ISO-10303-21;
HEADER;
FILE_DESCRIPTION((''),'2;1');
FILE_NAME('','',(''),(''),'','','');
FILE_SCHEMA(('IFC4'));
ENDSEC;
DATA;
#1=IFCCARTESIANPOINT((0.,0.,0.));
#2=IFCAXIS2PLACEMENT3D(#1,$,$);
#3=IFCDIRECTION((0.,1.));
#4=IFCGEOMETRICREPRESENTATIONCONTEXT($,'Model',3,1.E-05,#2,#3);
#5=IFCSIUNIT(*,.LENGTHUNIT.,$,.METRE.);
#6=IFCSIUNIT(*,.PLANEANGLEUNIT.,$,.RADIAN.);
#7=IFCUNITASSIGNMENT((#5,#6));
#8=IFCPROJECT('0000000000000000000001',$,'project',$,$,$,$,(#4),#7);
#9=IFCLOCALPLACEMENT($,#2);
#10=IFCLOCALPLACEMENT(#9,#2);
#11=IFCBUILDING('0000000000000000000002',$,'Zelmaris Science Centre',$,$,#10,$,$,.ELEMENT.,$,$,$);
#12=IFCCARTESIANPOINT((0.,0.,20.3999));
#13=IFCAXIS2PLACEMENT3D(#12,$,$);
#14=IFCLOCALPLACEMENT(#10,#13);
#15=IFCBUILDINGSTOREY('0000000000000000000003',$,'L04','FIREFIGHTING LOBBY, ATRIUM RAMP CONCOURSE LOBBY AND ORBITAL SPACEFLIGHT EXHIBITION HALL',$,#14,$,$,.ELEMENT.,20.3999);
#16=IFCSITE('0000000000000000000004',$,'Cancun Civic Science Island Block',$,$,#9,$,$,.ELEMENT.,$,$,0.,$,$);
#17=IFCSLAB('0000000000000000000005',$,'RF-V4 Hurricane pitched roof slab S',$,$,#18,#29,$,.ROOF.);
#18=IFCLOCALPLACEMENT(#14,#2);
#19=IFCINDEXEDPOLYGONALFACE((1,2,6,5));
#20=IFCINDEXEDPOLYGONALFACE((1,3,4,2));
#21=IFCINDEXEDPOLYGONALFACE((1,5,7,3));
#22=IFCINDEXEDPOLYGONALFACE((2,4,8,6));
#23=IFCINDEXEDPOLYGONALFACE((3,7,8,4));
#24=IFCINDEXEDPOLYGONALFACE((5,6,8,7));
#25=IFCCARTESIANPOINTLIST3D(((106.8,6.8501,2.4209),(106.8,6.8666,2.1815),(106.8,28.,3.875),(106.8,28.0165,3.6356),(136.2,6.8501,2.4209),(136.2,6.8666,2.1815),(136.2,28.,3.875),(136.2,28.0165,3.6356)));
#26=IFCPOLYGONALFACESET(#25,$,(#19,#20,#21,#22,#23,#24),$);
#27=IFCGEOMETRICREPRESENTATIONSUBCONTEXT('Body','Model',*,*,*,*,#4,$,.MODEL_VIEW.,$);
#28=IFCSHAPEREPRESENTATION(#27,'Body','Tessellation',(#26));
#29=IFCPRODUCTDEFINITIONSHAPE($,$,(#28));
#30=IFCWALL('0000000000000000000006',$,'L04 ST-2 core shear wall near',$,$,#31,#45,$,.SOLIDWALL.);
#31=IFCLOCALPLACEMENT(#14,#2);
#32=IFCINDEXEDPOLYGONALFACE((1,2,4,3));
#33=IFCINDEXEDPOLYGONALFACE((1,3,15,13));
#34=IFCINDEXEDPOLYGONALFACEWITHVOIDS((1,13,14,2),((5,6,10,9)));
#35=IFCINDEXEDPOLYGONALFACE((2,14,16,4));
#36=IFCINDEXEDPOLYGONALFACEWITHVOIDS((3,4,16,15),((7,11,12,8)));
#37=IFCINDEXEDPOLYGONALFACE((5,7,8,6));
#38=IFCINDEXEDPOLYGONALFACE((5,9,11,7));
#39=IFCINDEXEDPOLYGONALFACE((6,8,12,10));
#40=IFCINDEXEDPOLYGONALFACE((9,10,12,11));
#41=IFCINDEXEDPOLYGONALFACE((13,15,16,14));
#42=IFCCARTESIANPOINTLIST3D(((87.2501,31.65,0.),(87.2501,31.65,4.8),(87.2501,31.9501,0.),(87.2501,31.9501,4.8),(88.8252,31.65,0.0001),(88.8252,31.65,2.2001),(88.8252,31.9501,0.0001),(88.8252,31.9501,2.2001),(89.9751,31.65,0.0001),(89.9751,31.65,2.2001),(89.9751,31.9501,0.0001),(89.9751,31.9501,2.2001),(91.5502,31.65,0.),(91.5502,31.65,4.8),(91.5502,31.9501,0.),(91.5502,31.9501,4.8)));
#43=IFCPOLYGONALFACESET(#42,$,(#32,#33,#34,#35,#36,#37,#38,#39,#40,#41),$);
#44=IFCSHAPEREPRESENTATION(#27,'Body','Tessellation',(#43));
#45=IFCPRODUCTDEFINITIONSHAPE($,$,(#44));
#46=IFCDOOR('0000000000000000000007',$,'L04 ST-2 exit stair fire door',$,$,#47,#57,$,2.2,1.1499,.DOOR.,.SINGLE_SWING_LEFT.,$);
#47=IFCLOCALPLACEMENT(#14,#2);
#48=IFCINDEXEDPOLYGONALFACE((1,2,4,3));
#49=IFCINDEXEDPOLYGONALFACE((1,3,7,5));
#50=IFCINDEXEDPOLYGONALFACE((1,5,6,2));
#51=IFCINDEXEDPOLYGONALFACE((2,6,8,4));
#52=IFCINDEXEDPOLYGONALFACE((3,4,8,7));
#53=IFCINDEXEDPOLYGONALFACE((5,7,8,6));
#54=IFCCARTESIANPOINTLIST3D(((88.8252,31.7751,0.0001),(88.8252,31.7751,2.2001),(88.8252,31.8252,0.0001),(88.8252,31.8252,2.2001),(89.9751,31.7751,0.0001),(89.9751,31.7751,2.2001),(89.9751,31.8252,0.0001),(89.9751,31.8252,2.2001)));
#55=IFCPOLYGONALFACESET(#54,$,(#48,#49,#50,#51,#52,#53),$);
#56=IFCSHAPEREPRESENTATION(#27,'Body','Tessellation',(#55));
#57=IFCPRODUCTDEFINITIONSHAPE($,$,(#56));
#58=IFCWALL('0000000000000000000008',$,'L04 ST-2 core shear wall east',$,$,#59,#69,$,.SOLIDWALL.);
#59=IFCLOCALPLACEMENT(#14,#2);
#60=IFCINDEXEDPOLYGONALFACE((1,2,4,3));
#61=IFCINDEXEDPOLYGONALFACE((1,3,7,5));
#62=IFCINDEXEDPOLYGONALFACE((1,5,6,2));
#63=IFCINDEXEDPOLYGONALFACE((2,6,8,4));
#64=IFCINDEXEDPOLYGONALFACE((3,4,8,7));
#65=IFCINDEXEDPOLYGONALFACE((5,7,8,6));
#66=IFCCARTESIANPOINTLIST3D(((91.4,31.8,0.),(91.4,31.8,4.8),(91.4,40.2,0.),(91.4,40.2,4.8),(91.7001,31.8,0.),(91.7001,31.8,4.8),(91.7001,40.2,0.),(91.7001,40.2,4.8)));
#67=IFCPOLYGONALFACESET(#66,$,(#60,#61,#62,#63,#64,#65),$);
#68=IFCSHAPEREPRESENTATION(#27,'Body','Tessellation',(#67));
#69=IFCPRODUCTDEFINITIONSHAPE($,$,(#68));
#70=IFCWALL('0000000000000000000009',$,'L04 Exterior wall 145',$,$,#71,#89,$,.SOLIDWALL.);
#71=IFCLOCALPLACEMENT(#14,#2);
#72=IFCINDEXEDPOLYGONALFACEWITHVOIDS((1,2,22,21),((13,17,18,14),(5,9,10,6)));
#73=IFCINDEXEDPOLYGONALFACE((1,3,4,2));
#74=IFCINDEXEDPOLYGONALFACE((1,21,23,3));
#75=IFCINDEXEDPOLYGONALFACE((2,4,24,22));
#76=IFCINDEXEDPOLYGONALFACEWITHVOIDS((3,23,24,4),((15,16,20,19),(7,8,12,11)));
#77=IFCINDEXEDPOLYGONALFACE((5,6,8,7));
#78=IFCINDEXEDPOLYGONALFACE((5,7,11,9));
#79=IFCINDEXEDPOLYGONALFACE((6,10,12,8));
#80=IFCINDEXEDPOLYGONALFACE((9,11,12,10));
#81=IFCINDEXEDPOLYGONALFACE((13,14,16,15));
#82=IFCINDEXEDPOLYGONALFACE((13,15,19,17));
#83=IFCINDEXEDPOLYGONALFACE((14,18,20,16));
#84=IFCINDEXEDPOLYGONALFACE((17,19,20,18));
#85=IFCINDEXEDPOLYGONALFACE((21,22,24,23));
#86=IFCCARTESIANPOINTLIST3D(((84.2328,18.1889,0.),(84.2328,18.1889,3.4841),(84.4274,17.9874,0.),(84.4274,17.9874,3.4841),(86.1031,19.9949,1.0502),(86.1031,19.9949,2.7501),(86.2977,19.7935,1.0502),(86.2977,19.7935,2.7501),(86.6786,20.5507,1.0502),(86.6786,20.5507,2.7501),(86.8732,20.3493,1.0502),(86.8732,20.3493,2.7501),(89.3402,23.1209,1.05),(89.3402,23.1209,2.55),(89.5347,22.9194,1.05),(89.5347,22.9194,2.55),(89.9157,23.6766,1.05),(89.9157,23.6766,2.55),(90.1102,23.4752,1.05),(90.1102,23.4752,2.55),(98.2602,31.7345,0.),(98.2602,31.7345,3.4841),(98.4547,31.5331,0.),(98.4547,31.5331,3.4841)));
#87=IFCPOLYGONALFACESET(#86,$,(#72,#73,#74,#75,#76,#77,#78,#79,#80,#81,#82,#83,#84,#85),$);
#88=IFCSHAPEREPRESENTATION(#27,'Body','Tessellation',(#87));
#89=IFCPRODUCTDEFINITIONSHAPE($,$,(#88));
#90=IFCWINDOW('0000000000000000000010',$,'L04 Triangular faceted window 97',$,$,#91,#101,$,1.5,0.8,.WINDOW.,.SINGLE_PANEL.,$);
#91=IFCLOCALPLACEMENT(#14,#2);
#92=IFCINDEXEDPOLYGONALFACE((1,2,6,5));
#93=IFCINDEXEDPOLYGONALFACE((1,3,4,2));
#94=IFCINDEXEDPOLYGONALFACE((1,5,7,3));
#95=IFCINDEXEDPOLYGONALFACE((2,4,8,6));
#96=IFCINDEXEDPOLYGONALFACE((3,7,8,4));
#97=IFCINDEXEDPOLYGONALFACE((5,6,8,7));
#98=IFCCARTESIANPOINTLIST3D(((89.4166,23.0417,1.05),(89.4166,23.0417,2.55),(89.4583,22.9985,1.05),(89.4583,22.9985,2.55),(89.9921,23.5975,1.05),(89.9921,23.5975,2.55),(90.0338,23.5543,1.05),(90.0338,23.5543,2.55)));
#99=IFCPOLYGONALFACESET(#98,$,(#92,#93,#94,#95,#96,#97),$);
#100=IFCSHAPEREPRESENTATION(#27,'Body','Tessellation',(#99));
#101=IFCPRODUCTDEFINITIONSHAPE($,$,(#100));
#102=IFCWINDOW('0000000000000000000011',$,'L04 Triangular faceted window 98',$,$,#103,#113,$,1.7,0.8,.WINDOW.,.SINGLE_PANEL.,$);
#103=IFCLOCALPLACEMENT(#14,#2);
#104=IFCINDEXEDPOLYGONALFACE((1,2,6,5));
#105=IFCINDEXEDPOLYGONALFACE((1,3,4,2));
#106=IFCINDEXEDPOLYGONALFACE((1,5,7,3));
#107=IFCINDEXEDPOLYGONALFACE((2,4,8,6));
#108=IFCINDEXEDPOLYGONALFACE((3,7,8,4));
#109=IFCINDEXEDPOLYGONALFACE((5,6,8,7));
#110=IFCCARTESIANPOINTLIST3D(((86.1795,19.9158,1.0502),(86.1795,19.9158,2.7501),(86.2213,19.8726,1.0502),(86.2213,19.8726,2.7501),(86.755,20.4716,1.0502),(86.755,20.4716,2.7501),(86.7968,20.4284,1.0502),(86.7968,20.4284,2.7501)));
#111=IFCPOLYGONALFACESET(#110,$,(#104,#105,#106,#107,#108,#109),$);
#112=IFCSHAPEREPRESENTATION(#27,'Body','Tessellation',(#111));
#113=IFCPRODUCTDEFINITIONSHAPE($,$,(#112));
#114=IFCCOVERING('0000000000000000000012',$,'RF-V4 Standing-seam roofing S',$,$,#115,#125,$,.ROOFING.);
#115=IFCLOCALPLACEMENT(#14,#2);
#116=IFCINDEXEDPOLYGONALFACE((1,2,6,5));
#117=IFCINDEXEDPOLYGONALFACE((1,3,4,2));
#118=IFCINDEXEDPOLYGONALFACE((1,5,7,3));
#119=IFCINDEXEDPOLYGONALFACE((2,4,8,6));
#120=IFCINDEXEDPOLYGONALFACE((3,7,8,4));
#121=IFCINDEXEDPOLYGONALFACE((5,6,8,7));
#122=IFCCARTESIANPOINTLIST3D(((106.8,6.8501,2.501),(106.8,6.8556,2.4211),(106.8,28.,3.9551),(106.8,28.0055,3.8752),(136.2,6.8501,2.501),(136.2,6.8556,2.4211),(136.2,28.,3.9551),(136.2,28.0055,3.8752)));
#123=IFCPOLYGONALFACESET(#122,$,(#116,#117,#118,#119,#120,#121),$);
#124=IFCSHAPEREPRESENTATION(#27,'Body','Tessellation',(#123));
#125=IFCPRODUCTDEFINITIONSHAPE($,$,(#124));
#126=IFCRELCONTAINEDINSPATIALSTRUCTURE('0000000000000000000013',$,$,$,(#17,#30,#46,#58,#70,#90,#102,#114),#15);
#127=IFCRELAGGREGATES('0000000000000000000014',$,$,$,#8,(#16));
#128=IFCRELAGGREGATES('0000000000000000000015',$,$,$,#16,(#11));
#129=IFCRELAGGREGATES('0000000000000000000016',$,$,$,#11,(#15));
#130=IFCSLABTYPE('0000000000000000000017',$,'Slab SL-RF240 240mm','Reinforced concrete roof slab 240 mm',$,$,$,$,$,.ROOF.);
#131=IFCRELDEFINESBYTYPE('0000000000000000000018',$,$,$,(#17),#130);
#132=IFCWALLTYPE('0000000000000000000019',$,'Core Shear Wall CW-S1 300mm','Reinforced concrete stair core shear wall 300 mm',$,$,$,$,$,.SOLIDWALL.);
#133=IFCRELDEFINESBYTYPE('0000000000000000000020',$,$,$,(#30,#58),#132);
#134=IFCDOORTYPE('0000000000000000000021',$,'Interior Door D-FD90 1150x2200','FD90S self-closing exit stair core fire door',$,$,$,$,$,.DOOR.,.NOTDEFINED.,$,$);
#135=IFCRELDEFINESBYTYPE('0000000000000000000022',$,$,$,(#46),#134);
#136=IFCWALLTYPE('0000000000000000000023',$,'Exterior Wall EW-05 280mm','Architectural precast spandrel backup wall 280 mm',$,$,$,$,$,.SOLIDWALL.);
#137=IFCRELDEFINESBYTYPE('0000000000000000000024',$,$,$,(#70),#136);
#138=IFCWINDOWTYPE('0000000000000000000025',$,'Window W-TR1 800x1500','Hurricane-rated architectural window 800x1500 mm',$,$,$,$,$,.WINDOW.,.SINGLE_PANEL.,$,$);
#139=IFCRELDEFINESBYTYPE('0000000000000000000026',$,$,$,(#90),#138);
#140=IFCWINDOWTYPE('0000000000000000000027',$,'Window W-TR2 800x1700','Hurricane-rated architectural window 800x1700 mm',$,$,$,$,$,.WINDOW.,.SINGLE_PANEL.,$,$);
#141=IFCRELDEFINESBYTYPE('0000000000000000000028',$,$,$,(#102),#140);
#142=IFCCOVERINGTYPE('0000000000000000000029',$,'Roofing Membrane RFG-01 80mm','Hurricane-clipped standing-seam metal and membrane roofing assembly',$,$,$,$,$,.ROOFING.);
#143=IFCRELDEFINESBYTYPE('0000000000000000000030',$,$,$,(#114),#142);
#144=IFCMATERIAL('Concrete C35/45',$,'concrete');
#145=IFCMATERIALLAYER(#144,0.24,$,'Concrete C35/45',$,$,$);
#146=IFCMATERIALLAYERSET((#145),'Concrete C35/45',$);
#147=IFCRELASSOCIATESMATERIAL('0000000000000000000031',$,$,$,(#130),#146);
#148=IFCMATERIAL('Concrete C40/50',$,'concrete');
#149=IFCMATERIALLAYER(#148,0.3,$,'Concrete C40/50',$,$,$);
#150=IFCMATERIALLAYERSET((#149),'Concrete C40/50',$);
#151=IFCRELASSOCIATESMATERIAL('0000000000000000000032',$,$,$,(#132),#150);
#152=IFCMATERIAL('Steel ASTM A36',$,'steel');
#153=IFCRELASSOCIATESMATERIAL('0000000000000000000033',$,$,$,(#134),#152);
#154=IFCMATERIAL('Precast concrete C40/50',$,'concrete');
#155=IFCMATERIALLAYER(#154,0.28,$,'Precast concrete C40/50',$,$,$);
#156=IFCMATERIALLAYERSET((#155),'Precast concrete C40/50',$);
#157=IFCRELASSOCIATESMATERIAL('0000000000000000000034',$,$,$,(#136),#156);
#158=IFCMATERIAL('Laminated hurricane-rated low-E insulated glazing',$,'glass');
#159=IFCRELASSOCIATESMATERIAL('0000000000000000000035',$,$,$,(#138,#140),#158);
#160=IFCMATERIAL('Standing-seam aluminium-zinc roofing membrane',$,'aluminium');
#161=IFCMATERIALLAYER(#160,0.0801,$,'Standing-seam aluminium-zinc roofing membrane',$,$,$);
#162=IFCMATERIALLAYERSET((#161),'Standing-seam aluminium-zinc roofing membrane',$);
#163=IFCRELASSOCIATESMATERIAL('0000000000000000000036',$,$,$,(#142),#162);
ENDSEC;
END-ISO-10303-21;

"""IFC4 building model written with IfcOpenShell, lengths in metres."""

from ifc_helpers import new_model, si_unit, direction, frame, frame_2d, origin, place, context, subcontext, project, spatial, polyline, rectangle, outline, extrude, material, layer, layer_set, type_object, element, fill, save


model = new_model("IFC4")

# Units and contexts
model_context = context("Model", 3, precision=1e-05, world=origin(), true_north=direction((0.0, 1.0)))
body_context = subcontext(model_context, "Body", "Model", "MODEL_VIEW")
ifc_project = project(units=[si_unit("LENGTHUNIT", "METRE"), si_unit("PLANEANGLEUNIT", "RADIAN")], contexts=[model_context])

# Site, building, storey
site_placement = place(None, origin())
site = spatial("IfcSite", under=ifc_project, at=site_placement, Name="Cancun Civic Science Island Block", CompositionType="ELEMENT", RefElevation=0.0)
building_placement = place(site_placement, origin())
building = spatial("IfcBuilding", under=site, at=building_placement, Name="Zelmaris Science Centre", CompositionType="ELEMENT")
storey_placement = place(building_placement, frame((0.0, 0.0, 20.3999)))
storey = spatial("IfcBuildingStorey", under=building, at=storey_placement, Name="L04", Description="FIREFIGHTING LOBBY, ATRIUM RAMP CONCOURSE LOBBY AND ORBITAL SPACEFLIGHT EXHIBITION HALL", CompositionType="ELEMENT", Elevation=20.3999)

# Shared definitions
ifc_material_1 = material(Name="Precast concrete C40/50", Category="concrete")

# Slab
ifc_material_2 = material(Name="Concrete C35/45", Category="concrete")
ifc_layer_1 = layer(ifc_material_2, 0.24, Name="Concrete C35/45")
ifc_layer_set_1 = layer_set([ifc_layer_1], Name="Concrete C35/45")
slab_type = type_object("IfcSlabType", Name="Slab SL-RF240 240mm", Description="Reinforced concrete roof slab 240 mm", PredefinedType="ROOF", material=ifc_layer_set_1)
slab_placement = place(storey_placement, frame((106.8, 6.8501, 2.4209), z_axis=(0.0, -0.06859, 0.997645), x_axis=(1.0, 0.0, 0.0)))
element("IfcSlab", 1, at=slab_placement, inside=storey, type_object=slab_type, Name="RF-V4 Hurricane pitched roof slab S", PredefinedType="ROOF", context=body_context, shape_type="SweptSolid", body=[
    extrude(outline(polyline([(0.0, 0.0), (29.3999, 0.0), (29.3999, 21.1998), (0.0, 21.1998), (0.0, 0.0)])), origin(), (0.0, 0.0, -1.0), 0.24),
])

# Wall, opening, door
ifc_material_3 = material(Name="Concrete C40/50", Category="concrete")
ifc_layer_2 = layer(ifc_material_3, 0.3, Name="Concrete C40/50")
ifc_layer_set_2 = layer_set([ifc_layer_2], Name="Concrete C40/50")
wall_type_1 = type_object("IfcWallType", Name="Core Shear Wall CW-S1 300mm", Description="Reinforced concrete stair core shear wall 300 mm", PredefinedType="SOLIDWALL", material=ifc_layer_set_2)
wall_1_placement = place(storey_placement, frame((91.55, 31.8, 0.0), z_axis=(0.0, 0.0, 1.0), x_axis=(-1.0, 0.0, 0.0)))
wall_1 = element("IfcWall", 2, at=wall_1_placement, inside=storey, type_object=wall_type_1, Name="L04 ST-2 core shear wall near", PredefinedType="SOLIDWALL", context=body_context, shape_type="SweptSolid", body=[
    extrude(rectangle(XDim=4.3, YDim=0.3, at=frame_2d((2.1499, 0.0))), origin(), (0.0, 0.0, 1.0), 4.8),
])
opening_1_placement = place(wall_1_placement, frame((1.575, 0.0, 0.0)))
opening_1 = element("IfcOpeningElement", 3, at=opening_1_placement, cuts=wall_1, PredefinedType="OPENING", context=body_context, shape_type="SweptSolid", body=[
    extrude(rectangle(XDim=1.1499, YDim=2.2, at=frame_2d((0.575, 1.1001))), frame((0.0, 0.1599, 0.0), z_axis=(0.0, -1.0, 0.0), x_axis=(1.0, 0.0, 0.0)), (0.0, 0.0, 1.0), 0.3201),
])
ifc_material_4 = material(Name="Steel ASTM A36", Category="steel")
door_type = type_object("IfcDoorType", Name="Interior Door D-FD90 1150x2200", Description="FD90S self-closing exit stair core fire door", OperationType="NOTDEFINED", PredefinedType="DOOR", material=ifc_material_4)
door_placement = place(opening_1_placement, origin())
door = element("IfcDoor", 4, at=door_placement, inside=storey, type_object=door_type, Name="L04 ST-2 exit stair fire door", OperationType="SINGLE_SWING_LEFT", OverallHeight=2.2, OverallWidth=1.1499, PredefinedType="DOOR", context=body_context, shape_type="SweptSolid", body=[
    extrude(rectangle(XDim=1.1499, YDim=2.2, at=frame_2d((0.575, 1.1001))), frame((0.0, 0.0249, 0.0), z_axis=(0.0, -1.0, 0.0), x_axis=(1.0, 0.0, 0.0)), (0.0, 0.0, 1.0), 0.05),
])
fill(opening_1, door)

# Wall
wall_2_placement = place(storey_placement, frame((91.55, 31.8, 0.0), z_axis=(0.0, 0.0, 1.0), x_axis=(0.0, 1.0, 0.0)))
element("IfcWall", 5, at=wall_2_placement, inside=storey, type_object=wall_type_1, Name="L04 ST-2 core shear wall east", PredefinedType="SOLIDWALL", context=body_context, shape_type="SweptSolid", body=[
    extrude(rectangle(XDim=8.3999, YDim=0.3, at=frame_2d((4.2, 0.0))), origin(), (0.0, 0.0, 1.0), 4.8),
])

# Wall, openings, windows
ifc_layer_3 = layer(ifc_material_1, 0.28, Name="Precast concrete C40/50")
ifc_layer_set_3 = layer_set([ifc_layer_3], Name="Precast concrete C40/50")
wall_type_2 = type_object("IfcWallType", Name="Exterior Wall EW-05 280mm", Description="Architectural precast spandrel backup wall 280 mm", PredefinedType="SOLIDWALL", material=ifc_layer_set_3)
wall_3_placement = place(storey_placement, frame((98.3574, 31.6338, 0.0), z_axis=(0.0, 0.0, 1.0), x_axis=(-0.71935, -0.694648, 0.0)))
wall_3 = element("IfcWall", 6, at=wall_3_placement, inside=storey, type_object=wall_type_2, Name="L04 Exterior wall 145", PredefinedType="SOLIDWALL", context=body_context, shape_type="SweptSolid", body=[
    extrude(rectangle(XDim=19.5, YDim=0.28, at=frame_2d((9.75, 0.0))), origin(), (0.0, 0.0, 1.0), 3.4841),
])
opening_2_placement = place(wall_3_placement, frame((11.6001, 0.0, 1.05)))
opening_2 = element("IfcOpeningElement", 7, at=opening_2_placement, cuts=wall_3, PredefinedType="OPENING", context=body_context, shape_type="SweptSolid", body=[
    extrude(rectangle(XDim=0.8, YDim=1.5, at=frame_2d((0.3999, 0.75))), frame((0.0, 0.1499, 0.0), z_axis=(0.0, -1.0, 0.0), x_axis=(1.0, 0.0, 0.0)), (0.0, 0.0, 1.0), 0.3),
])
opening_3_placement = place(wall_3_placement, frame((16.1001, 0.0, 1.05)))
opening_3 = element("IfcOpeningElement", 8, at=opening_3_placement, cuts=wall_3, PredefinedType="OPENING", context=body_context, shape_type="SweptSolid", body=[
    extrude(rectangle(XDim=0.8, YDim=1.7, at=frame_2d((0.3999, 0.8501))), frame((0.0, 0.1499, 0.0), z_axis=(0.0, -1.0, 0.0), x_axis=(1.0, 0.0, 0.0)), (0.0, 0.0, 1.0), 0.3),
])
ifc_material_5 = material(Name="Laminated hurricane-rated low-E insulated glazing", Category="glass")
window_type_1 = type_object("IfcWindowType", Name="Window W-TR1 800x1500", Description="Hurricane-rated architectural window 800x1500 mm", PartitioningType="SINGLE_PANEL", PredefinedType="WINDOW", material=ifc_material_5)
window_1_placement = place(opening_2_placement, origin())
window_1 = element("IfcWindow", 9, at=window_1_placement, inside=storey, type_object=window_type_1, Name="L04 Triangular faceted window 97", OverallHeight=1.5, OverallWidth=0.8, PartitioningType="SINGLE_PANEL", PredefinedType="WINDOW", context=body_context, shape_type="SweptSolid", body=[
    extrude(rectangle(XDim=0.8, YDim=1.5, at=frame_2d((0.3999, 0.75))), frame((0.0, 0.03, 0.0), z_axis=(0.0, -1.0, 0.0), x_axis=(1.0, 0.0, 0.0)), (0.0, 0.0, 1.0), 0.0601),
])
fill(opening_2, window_1)
window_type_2 = type_object("IfcWindowType", Name="Window W-TR2 800x1700", Description="Hurricane-rated architectural window 800x1700 mm", PartitioningType="SINGLE_PANEL", PredefinedType="WINDOW", material=ifc_material_5)
window_2_placement = place(opening_3_placement, origin())
window_2 = element("IfcWindow", 10, at=window_2_placement, inside=storey, type_object=window_type_2, Name="L04 Triangular faceted window 98", OverallHeight=1.7, OverallWidth=0.8, PartitioningType="SINGLE_PANEL", PredefinedType="WINDOW", context=body_context, shape_type="SweptSolid", body=[
    extrude(rectangle(XDim=0.8, YDim=1.7, at=frame_2d((0.3999, 0.8501))), frame((0.0, 0.03, 0.0), z_axis=(0.0, -1.0, 0.0), x_axis=(1.0, 0.0, 0.0)), (0.0, 0.0, 1.0), 0.0601),
])
fill(opening_3, window_2)

# Covering
ifc_material_6 = material(Name="Standing-seam aluminium-zinc roofing membrane", Category="aluminium")
ifc_layer_4 = layer(ifc_material_6, 0.0801, Name="Standing-seam aluminium-zinc roofing membrane")
ifc_layer_set_4 = layer_set([ifc_layer_4], Name="Standing-seam aluminium-zinc roofing membrane")
covering_type = type_object("IfcCoveringType", Name="Roofing Membrane RFG-01 80mm", Description="Hurricane-clipped standing-seam metal and membrane roofing assembly", PredefinedType="ROOFING", material=ifc_layer_set_4)
covering_placement = place(storey_placement, frame((106.8, 6.8501, 2.501), z_axis=(0.0, -0.06859, 0.997645), x_axis=(1.0, 0.0, 0.0)))
element("IfcCovering", 11, at=covering_placement, inside=storey, type_object=covering_type, Name="RF-V4 Standing-seam roofing S", PredefinedType="ROOFING", context=body_context, shape_type="SweptSolid", body=[
    extrude(outline(polyline([(0.0, 0.0), (29.3999, 0.0), (29.3999, 21.1998), (0.0, 21.1998), (0.0, 0.0)])), origin(), (0.0, 0.0, -1.0), 0.0801),
])

save(model, "model.ifc")
